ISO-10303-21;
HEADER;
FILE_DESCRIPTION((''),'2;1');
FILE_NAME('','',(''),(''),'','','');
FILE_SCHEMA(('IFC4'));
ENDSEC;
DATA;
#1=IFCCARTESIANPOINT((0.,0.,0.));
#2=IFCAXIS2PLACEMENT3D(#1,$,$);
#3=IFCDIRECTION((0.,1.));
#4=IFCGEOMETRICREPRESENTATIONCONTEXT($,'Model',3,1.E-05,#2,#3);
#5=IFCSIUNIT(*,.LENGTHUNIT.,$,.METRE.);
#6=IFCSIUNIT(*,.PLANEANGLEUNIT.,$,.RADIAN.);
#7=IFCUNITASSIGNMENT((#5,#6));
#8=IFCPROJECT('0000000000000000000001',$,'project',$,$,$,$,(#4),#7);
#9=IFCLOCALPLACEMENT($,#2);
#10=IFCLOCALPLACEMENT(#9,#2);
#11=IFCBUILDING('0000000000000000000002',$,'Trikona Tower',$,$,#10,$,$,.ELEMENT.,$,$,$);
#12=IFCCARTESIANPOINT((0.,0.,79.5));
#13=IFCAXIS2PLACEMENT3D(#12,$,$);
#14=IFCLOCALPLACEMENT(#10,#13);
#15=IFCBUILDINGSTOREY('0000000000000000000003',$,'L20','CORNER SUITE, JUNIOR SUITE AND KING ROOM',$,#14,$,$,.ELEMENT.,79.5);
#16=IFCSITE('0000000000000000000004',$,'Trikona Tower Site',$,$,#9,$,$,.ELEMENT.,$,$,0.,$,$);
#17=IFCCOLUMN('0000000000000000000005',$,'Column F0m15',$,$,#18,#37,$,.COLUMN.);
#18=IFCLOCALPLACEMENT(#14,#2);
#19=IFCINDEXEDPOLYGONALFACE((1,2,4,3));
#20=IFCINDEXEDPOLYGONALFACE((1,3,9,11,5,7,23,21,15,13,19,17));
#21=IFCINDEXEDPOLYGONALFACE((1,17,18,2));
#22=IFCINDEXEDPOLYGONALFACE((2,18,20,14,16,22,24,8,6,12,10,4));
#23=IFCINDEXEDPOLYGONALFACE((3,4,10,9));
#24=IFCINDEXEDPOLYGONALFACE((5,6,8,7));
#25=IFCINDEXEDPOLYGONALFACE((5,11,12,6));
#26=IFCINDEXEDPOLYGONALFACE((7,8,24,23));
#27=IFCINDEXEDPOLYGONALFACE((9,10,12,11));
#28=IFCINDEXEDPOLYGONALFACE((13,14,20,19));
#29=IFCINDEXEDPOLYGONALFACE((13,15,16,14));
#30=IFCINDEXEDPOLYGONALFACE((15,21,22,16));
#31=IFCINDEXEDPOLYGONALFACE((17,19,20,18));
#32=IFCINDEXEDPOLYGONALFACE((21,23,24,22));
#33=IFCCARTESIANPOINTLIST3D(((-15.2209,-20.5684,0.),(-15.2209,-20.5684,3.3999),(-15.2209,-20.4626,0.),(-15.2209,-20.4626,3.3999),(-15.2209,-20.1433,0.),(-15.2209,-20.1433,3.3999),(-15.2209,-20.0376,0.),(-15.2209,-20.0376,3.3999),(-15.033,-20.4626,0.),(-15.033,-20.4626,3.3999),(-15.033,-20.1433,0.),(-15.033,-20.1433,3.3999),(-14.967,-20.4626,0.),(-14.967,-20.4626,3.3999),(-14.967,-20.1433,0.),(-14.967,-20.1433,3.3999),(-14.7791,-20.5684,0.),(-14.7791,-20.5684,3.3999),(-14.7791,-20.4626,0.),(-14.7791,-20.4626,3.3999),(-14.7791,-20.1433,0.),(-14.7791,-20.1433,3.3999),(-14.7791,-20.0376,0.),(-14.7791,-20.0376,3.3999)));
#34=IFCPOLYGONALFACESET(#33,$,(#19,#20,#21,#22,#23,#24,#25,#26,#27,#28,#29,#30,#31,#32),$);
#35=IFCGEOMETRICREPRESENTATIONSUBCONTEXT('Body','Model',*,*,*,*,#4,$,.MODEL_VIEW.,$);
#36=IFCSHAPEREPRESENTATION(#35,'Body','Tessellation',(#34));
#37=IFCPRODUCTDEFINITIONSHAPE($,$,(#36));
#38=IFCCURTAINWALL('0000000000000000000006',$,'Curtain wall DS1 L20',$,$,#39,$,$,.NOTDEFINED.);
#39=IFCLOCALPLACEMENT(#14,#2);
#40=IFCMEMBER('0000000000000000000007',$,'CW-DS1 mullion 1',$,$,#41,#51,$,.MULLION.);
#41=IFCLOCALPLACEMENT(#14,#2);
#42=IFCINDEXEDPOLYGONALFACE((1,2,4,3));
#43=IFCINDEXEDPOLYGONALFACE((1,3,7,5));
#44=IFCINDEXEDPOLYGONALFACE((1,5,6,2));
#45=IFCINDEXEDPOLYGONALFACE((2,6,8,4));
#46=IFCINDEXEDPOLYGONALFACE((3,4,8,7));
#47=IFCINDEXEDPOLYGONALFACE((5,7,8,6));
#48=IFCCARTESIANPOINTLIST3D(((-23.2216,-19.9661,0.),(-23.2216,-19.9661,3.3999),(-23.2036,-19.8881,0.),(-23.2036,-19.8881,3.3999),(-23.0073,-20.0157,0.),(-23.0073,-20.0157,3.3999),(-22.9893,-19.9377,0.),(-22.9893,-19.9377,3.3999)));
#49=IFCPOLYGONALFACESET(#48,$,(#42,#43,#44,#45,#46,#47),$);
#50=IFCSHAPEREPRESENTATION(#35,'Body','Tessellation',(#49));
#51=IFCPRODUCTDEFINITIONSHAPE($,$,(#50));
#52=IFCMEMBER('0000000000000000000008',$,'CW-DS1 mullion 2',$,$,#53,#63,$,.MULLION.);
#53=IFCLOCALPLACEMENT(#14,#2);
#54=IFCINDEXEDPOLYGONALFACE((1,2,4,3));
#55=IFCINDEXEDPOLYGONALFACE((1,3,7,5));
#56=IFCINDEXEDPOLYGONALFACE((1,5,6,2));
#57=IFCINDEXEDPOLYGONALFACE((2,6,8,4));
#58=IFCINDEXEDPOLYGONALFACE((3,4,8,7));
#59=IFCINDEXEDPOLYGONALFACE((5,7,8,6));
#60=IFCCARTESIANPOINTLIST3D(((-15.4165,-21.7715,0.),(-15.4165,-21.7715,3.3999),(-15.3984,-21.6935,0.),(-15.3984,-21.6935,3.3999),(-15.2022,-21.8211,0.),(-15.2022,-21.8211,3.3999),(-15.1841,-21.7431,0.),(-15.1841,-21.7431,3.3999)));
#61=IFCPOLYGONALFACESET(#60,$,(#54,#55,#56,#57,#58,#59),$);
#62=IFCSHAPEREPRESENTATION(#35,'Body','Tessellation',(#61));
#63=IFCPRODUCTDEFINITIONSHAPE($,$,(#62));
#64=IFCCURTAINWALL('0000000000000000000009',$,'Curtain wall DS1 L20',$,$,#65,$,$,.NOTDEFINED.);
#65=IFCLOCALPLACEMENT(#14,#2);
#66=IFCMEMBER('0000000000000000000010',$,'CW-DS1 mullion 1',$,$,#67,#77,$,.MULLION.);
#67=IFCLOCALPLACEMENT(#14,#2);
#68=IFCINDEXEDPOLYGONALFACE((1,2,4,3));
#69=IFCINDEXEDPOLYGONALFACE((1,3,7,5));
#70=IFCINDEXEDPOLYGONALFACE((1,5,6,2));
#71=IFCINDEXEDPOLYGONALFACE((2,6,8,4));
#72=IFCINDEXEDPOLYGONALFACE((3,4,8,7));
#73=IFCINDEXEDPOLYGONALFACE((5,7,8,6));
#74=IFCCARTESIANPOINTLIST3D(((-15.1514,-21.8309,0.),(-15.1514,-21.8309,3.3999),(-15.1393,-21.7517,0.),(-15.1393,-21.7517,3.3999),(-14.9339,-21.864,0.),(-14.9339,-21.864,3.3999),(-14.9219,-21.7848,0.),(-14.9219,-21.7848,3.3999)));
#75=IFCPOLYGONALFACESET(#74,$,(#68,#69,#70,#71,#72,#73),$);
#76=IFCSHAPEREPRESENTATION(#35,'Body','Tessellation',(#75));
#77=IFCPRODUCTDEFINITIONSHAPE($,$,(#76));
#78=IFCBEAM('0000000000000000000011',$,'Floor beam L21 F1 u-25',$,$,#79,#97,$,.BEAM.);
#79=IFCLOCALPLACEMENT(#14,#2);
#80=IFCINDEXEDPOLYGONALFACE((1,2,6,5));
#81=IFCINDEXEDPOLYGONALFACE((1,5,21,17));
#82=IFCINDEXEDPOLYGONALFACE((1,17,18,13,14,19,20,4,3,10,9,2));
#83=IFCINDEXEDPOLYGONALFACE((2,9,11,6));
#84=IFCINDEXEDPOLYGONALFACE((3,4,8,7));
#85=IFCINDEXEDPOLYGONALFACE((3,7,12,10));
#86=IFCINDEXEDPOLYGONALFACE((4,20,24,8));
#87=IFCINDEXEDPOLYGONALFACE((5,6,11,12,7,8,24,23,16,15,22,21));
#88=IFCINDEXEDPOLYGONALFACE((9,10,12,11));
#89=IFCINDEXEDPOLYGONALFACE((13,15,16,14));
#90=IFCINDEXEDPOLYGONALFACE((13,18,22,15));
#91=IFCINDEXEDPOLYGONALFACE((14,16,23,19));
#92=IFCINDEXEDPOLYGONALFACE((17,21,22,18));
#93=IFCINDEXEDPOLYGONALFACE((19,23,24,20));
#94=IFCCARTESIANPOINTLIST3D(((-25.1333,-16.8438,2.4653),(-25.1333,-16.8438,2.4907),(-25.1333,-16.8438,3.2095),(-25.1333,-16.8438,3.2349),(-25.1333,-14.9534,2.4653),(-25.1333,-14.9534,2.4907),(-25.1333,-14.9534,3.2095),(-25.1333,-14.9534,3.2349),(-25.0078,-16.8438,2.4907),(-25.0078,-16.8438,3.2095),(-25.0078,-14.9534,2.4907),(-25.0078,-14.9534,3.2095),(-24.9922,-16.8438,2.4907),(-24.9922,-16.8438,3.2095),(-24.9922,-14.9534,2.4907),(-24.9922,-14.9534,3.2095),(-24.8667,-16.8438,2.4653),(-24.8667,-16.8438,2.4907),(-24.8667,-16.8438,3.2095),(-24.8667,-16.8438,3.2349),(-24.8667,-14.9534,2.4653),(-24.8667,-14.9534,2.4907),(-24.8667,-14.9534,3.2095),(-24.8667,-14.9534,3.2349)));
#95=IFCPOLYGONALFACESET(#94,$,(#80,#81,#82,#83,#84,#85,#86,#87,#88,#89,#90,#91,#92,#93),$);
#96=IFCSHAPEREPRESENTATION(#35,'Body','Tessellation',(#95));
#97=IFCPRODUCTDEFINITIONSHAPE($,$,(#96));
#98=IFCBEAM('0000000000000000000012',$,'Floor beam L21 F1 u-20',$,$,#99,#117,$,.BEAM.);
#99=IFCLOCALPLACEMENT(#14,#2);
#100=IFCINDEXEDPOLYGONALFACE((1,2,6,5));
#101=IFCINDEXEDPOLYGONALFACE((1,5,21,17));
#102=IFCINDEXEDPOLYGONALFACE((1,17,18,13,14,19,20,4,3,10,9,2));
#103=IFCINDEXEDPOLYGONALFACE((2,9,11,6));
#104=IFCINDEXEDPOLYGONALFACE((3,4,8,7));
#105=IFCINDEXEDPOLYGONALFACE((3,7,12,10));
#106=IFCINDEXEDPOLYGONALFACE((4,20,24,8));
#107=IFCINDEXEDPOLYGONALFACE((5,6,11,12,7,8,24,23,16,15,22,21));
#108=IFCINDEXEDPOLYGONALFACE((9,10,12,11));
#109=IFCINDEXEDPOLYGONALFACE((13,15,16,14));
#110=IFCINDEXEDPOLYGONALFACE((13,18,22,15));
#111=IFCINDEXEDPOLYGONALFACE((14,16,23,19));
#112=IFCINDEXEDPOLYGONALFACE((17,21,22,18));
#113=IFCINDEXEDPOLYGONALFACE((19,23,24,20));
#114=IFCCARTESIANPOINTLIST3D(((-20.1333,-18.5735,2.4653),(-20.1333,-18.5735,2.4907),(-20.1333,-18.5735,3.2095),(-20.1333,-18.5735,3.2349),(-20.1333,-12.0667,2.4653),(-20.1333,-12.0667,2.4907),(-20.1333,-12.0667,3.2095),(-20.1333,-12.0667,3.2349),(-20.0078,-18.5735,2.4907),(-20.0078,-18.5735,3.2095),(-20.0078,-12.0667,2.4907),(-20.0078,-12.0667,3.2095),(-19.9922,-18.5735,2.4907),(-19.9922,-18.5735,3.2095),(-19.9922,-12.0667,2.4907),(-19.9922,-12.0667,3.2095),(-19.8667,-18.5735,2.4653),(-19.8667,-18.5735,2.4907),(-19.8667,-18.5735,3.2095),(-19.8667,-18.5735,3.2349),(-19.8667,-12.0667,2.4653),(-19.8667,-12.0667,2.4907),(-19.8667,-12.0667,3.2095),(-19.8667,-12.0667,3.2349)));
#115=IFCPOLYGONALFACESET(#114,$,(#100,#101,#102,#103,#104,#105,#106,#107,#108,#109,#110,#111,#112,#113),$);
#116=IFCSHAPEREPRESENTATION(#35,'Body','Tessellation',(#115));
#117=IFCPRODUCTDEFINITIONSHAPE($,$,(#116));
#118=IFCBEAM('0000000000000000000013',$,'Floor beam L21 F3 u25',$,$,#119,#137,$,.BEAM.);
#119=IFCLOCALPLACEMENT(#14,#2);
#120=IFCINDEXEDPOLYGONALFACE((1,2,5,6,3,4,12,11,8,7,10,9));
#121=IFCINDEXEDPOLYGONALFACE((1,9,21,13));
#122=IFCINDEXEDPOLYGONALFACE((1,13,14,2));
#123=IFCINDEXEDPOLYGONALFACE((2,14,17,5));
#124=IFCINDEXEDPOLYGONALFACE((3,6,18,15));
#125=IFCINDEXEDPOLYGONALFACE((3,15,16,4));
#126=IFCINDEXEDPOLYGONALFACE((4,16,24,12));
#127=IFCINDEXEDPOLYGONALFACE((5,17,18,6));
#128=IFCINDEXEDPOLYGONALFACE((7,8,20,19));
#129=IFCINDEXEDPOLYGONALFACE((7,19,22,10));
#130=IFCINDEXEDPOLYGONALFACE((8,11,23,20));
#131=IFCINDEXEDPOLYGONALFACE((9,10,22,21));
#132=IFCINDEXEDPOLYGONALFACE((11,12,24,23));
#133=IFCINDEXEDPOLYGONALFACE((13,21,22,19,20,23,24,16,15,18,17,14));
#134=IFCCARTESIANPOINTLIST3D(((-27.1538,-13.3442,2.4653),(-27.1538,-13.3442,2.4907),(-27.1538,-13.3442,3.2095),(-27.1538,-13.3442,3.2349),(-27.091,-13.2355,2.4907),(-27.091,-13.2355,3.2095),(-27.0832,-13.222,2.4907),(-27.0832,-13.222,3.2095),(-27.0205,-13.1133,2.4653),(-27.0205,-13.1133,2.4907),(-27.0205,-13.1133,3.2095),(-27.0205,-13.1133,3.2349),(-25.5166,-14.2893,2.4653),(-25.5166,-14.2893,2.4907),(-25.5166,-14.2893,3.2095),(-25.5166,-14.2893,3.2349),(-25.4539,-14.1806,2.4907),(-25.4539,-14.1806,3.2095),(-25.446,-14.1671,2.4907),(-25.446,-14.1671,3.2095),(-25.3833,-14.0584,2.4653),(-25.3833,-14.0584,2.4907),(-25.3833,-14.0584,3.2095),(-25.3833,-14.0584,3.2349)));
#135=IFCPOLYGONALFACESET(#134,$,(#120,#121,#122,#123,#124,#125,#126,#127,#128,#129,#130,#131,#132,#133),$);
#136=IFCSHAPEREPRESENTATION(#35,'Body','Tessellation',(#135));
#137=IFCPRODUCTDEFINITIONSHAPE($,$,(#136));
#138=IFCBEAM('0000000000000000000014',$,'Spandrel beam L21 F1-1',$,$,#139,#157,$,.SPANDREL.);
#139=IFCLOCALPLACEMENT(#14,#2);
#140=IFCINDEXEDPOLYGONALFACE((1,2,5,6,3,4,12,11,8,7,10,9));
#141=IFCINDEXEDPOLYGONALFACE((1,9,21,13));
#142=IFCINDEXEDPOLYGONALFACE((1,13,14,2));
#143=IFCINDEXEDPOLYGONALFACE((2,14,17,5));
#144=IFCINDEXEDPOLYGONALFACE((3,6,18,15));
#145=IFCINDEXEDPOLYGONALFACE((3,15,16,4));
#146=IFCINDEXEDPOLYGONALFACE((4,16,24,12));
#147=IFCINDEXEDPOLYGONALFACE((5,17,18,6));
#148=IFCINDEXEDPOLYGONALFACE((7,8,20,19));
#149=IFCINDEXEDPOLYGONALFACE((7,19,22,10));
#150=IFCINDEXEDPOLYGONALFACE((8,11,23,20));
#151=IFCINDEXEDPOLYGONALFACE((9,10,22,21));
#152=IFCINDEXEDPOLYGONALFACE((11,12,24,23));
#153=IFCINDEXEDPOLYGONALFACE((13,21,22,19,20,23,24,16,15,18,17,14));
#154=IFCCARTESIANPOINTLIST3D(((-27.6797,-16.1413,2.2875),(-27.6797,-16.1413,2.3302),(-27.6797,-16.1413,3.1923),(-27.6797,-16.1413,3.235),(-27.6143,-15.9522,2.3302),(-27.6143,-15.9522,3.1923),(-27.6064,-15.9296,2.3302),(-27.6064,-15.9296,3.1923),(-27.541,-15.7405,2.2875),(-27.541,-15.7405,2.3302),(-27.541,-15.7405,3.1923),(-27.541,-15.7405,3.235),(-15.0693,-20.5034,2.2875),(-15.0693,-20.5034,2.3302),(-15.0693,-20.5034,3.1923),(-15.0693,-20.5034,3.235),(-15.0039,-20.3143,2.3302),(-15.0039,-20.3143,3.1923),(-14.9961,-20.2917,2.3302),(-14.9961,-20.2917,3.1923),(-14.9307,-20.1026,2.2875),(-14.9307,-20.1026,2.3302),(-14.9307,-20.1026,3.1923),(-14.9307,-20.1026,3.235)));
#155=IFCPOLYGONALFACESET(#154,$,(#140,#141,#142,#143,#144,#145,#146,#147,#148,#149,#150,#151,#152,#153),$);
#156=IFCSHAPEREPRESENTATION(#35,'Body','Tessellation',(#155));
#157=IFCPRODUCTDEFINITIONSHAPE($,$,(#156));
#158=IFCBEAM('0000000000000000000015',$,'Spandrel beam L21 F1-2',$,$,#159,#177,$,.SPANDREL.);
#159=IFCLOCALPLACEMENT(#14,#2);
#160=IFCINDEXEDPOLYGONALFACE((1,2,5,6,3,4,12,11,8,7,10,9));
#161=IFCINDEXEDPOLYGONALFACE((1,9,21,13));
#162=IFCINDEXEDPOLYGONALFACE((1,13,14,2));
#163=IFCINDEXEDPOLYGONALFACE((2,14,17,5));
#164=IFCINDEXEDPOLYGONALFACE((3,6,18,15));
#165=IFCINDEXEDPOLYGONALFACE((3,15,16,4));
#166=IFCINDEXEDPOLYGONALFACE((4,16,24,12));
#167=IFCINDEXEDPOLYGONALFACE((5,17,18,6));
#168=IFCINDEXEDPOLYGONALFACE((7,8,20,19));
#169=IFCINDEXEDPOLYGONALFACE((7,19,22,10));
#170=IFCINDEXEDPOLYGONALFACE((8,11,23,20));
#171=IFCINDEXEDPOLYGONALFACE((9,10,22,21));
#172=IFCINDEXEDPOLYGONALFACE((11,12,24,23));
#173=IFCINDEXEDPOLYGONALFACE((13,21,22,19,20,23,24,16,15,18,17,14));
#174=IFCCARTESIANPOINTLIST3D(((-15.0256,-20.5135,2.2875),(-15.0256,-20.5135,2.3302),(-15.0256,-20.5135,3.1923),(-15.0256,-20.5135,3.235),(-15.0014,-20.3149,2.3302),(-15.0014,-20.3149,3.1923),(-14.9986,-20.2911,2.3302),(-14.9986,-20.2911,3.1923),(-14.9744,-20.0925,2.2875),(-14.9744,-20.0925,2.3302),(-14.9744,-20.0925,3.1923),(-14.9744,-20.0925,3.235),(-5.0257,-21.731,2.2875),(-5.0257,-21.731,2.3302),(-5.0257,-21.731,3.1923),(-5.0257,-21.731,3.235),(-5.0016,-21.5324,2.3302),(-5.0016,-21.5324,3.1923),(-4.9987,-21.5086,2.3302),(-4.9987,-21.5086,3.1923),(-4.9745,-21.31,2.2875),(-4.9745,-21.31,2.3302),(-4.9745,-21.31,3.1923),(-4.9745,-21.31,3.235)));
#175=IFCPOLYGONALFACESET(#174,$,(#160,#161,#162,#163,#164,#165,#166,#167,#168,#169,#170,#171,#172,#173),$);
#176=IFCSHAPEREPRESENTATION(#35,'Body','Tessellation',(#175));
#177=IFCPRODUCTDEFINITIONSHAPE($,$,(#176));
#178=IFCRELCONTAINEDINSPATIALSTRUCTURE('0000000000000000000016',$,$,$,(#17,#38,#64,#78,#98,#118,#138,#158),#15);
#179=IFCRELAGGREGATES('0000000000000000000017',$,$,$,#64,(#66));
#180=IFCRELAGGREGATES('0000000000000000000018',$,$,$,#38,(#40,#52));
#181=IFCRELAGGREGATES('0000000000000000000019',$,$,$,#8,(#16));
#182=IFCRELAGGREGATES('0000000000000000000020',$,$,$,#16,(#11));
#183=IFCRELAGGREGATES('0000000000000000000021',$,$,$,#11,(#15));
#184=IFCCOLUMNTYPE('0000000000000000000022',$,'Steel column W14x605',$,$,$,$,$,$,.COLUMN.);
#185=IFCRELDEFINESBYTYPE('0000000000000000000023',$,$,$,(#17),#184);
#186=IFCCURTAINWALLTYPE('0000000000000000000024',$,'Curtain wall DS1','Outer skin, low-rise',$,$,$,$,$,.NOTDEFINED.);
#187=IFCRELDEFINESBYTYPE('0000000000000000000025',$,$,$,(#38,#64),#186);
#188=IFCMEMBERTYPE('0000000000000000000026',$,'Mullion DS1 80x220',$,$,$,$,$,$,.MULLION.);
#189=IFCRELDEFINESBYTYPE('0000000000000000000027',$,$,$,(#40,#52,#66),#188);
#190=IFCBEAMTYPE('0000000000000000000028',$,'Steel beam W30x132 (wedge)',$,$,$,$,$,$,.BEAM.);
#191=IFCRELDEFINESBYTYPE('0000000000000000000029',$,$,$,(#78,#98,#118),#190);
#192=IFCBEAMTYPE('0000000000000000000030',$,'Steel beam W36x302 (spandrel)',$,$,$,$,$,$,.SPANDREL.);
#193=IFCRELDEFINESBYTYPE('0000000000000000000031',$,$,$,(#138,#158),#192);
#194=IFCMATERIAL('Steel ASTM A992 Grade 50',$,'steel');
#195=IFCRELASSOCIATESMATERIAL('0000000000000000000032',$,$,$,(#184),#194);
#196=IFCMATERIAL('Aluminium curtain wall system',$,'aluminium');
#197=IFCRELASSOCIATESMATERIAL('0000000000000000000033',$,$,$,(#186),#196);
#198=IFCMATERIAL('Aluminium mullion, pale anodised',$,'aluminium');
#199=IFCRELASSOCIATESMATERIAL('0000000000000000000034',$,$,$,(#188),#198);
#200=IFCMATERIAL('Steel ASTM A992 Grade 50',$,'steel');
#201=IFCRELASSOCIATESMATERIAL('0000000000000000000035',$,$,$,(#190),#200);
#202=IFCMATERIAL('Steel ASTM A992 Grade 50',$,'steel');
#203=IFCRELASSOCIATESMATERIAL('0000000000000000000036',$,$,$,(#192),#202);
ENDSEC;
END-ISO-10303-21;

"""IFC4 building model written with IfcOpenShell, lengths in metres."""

from ifc_helpers import new_model, si_unit, direction, frame, origin, origin_2d, place, context, subcontext, project, spatial, rectangle, i_section, extrude, material, material_profile, profile_set, type_object, element, aggregate, save


model = new_model("IFC4")

# Units and contexts
model_context = context("Model", 3, precision=1e-05, world=origin(), true_north=direction((0.0, 1.0)))
body_context = subcontext(model_context, "Body", "Model", "MODEL_VIEW")
ifc_project = project(units=[si_unit("LENGTHUNIT", "METRE"), si_unit("PLANEANGLEUNIT", "RADIAN")], contexts=[model_context])

# Site, building, storey
site_placement = place(None, origin())
site = spatial("IfcSite", under=ifc_project, at=site_placement, Name="Trikona Tower Site", CompositionType="ELEMENT", RefElevation=0.0)
building_placement = place(site_placement, origin())
building = spatial("IfcBuilding", under=site, at=building_placement, Name="Trikona Tower", CompositionType="ELEMENT")
storey_placement = place(building_placement, frame((0.0, 0.0, 79.5)))
storey = spatial("IfcBuildingStorey", under=building, at=storey_placement, Name="L20", Description="CORNER SUITE, JUNIOR SUITE AND KING ROOM", CompositionType="ELEMENT", Elevation=79.5)

# Column
ifc_material_1 = material(Name="Steel ASTM A992 Grade 50", Category="steel")
ifc_material_profile_1 = material_profile(ifc_material_1, i_section(OverallWidth=0.4419, OverallDepth=0.5308, WebThickness=0.0659, FlangeThickness=0.1057, at=origin_2d()), Name="W14X605")
ifc_profile_set_1 = profile_set([ifc_material_profile_1], Name="Steel ASTM A992 Grade 50")
column_type = type_object("IfcColumnType", Name="Steel column W14x605", PredefinedType="COLUMN", material=ifc_profile_set_1)
column_placement = place(storey_placement, frame((-15.0, -20.303, 0.0), z_axis=(0.0, 0.0, 1.0), x_axis=(1.0, 0.0, 0.0)))
element("IfcColumn", 1, at=column_placement, inside=storey, type_object=column_type, Name="Column F0m15", PredefinedType="COLUMN", context=body_context, shape_type="SweptSolid", body=[
    extrude(i_section(OverallWidth=0.4419, OverallDepth=0.5308, WebThickness=0.0659, FlangeThickness=0.1057, at=origin_2d()), origin(), (0.0, 0.0, 1.0), 3.3999),
])

# Curtain wall, members
ifc_material_2 = material(Name="Aluminium curtain wall system", Category="aluminium")
curtain_wall_type = type_object("IfcCurtainWallType", Name="Curtain wall DS1", Description="Outer skin, low-rise", PredefinedType="NOTDEFINED", material=ifc_material_2)
curtain_wall_1_placement = place(storey_placement, origin())
curtain_wall_1 = element("IfcCurtainWall", 2, at=curtain_wall_1_placement, inside=storey, type_object=curtain_wall_type, Name="Curtain wall DS1 L20", PredefinedType="NOTDEFINED")
ifc_material_3 = material(Name="Aluminium mullion, pale anodised", Category="aluminium")
ifc_material_profile_2 = material_profile(ifc_material_3, rectangle(XDim=0.0801, YDim=0.22, at=origin_2d()), Name="MUL-DS1")
ifc_profile_set_2 = profile_set([ifc_material_profile_2], Name="Aluminium mullion, pale anodised")
member_type_1 = type_object("IfcMemberType", Name="Mullion DS1 80x220", PredefinedType="MULLION", material=ifc_profile_set_2)
member_1_placement = place(storey_placement, frame((-23.1055, -19.9519, 0.0), z_axis=(0.0, 0.0, 1.0), x_axis=(0.225343, 0.974279, 0.0)))
member_1 = element("IfcMember", 3, at=member_1_placement, type_object=member_type_1, Name="CW-DS1 mullion 1", PredefinedType="MULLION", context=body_context, shape_type="SweptSolid", body=[
    extrude(rectangle(XDim=0.0801, YDim=0.22, at=origin_2d()), origin(), (0.0, 0.0, 1.0), 3.3999),
])
member_2_placement = place(storey_placement, frame((-15.3003, -21.7573, 0.0), z_axis=(0.0, 0.0, 1.0), x_axis=(0.225343, 0.974279, 0.0)))
member_2 = element("IfcMember", 4, at=member_2_placement, type_object=member_type_1, Name="CW-DS1 mullion 2", PredefinedType="MULLION", context=body_context, shape_type="SweptSolid", body=[
    extrude(rectangle(XDim=0.0801, YDim=0.22, at=origin_2d()), origin(), (0.0, 0.0, 1.0), 3.3999),
])

# Curtain wall, member
curtain_wall_2_placement = place(storey_placement, origin())
curtain_wall_2 = element("IfcCurtainWall", 5, at=curtain_wall_2_placement, inside=storey, type_object=curtain_wall_type, Name="Curtain wall DS1 L20", PredefinedType="NOTDEFINED")
member_3_placement = place(storey_placement, frame((-15.0366, -21.8079, 0.0), z_axis=(0.0, 0.0, 1.0), x_axis=(0.150438, 0.988619, 0.0)))
member_3 = element("IfcMember", 6, at=member_3_placement, type_object=member_type_1, Name="CW-DS1 mullion 1", PredefinedType="MULLION", context=body_context, shape_type="SweptSolid", body=[
    extrude(rectangle(XDim=0.0801, YDim=0.22, at=origin_2d()), origin(), (0.0, 0.0, 1.0), 3.3999),
])
aggregate(curtain_wall_2, [member_3])

# Beams
ifc_material_4 = material(Name="Steel ASTM A992 Grade 50", Category="steel")
ifc_material_profile_3 = material_profile(ifc_material_4, i_section(OverallWidth=0.2666, OverallDepth=0.7695, WebThickness=0.0156, FlangeThickness=0.0254, at=origin_2d()), Name="W30X132")
ifc_profile_set_3 = profile_set([ifc_material_profile_3], Name="Steel ASTM A992 Grade 50")
beam_type_1 = type_object("IfcBeamType", Name="Steel beam W30x132 (wedge)", PredefinedType="BEAM", material=ifc_profile_set_3)
beam_1_placement = place(storey_placement, frame((-25.0, -14.9534, 2.8501), z_axis=(0.0, -1.0, 0.0), x_axis=(1.0, 0.0, 0.0)))
element("IfcBeam", 7, at=beam_1_placement, inside=storey, type_object=beam_type_1, Name="Floor beam L21 F1 u-25", PredefinedType="BEAM", context=body_context, shape_type="SweptSolid", body=[
    extrude(i_section(OverallWidth=0.2666, OverallDepth=0.7695, WebThickness=0.0156, FlangeThickness=0.0254, at=origin_2d()), origin(), (0.0, 0.0, 1.0), 1.8904),
])
beam_2_placement = place(storey_placement, frame((-20.0, -12.0667, 2.8501), z_axis=(0.0, -1.0, 0.0), x_axis=(1.0, 0.0, 0.0)))
element("IfcBeam", 8, at=beam_2_placement, inside=storey, type_object=beam_type_1, Name="Floor beam L21 F1 u-20", PredefinedType="BEAM", context=body_context, shape_type="SweptSolid", body=[
    extrude(i_section(OverallWidth=0.2666, OverallDepth=0.7695, WebThickness=0.0156, FlangeThickness=0.0254, at=origin_2d()), origin(), (0.0, 0.0, 1.0), 6.5068),
])
beam_3_placement = place(storey_placement, frame((-25.45, -14.1738, 2.8501), z_axis=(-0.866065, 0.499931, 0.0), x_axis=(-0.499931, -0.866065, 0.0)))
element("IfcBeam", 9, at=beam_3_placement, inside=storey, type_object=beam_type_1, Name="Floor beam L21 F3 u25", PredefinedType="BEAM", context=body_context, shape_type="SweptSolid", body=[
    extrude(i_section(OverallWidth=0.2666, OverallDepth=0.7695, WebThickness=0.0156, FlangeThickness=0.0254, at=origin_2d()), origin(), (0.0, 0.0, 1.0), 1.8904),
])
ifc_material_5 = material(Name="Steel ASTM A992 Grade 50", Category="steel")
ifc_material_profile_4 = material_profile(ifc_material_5, i_section(OverallWidth=0.4241, OverallDepth=0.9475, WebThickness=0.0239, FlangeThickness=0.0427, at=origin_2d()), Name="W36X302")
ifc_profile_set_4 = profile_set([ifc_material_profile_4], Name="Steel ASTM A992 Grade 50")
beam_type_2 = type_object("IfcBeamType", Name="Steel beam W36x302 (spandrel)", PredefinedType="SPANDREL", material=ifc_profile_set_4)
beam_4_placement = place(storey_placement, frame((-27.6104, -15.9409, 2.7612), z_axis=(0.945057, -0.326906, 0.0), x_axis=(0.326906, 0.945057, 0.0)))
element("IfcBeam", 10, at=beam_4_placement, inside=storey, type_object=beam_type_2, Name="Spandrel beam L21 F1-1", PredefinedType="SPANDREL", context=body_context, shape_type="SweptSolid", body=[
    extrude(i_section(OverallWidth=0.4241, OverallDepth=0.9475, WebThickness=0.0239, FlangeThickness=0.0427, at=origin_2d()), origin(), (0.0, 0.0, 1.0), 13.3435),
])
beam_5_placement = place(storey_placement, frame((-15.0, -20.303, 2.7612), z_axis=(0.99267, -0.12086, 0.0), x_axis=(0.12086, 0.99267, 0.0)))
element("IfcBeam", 11, at=beam_5_placement, inside=storey, type_object=beam_type_2, Name="Spandrel beam L21 F1-2", PredefinedType="SPANDREL", context=body_context, shape_type="SweptSolid", body=[
    extrude(i_section(OverallWidth=0.4241, OverallDepth=0.9475, WebThickness=0.0239, FlangeThickness=0.0427, at=origin_2d()), origin(), (0.0, 0.0, 1.0), 10.0737),
])

aggregate(curtain_wall_1, [member_1, member_2])

save(model, "model.ifc")
